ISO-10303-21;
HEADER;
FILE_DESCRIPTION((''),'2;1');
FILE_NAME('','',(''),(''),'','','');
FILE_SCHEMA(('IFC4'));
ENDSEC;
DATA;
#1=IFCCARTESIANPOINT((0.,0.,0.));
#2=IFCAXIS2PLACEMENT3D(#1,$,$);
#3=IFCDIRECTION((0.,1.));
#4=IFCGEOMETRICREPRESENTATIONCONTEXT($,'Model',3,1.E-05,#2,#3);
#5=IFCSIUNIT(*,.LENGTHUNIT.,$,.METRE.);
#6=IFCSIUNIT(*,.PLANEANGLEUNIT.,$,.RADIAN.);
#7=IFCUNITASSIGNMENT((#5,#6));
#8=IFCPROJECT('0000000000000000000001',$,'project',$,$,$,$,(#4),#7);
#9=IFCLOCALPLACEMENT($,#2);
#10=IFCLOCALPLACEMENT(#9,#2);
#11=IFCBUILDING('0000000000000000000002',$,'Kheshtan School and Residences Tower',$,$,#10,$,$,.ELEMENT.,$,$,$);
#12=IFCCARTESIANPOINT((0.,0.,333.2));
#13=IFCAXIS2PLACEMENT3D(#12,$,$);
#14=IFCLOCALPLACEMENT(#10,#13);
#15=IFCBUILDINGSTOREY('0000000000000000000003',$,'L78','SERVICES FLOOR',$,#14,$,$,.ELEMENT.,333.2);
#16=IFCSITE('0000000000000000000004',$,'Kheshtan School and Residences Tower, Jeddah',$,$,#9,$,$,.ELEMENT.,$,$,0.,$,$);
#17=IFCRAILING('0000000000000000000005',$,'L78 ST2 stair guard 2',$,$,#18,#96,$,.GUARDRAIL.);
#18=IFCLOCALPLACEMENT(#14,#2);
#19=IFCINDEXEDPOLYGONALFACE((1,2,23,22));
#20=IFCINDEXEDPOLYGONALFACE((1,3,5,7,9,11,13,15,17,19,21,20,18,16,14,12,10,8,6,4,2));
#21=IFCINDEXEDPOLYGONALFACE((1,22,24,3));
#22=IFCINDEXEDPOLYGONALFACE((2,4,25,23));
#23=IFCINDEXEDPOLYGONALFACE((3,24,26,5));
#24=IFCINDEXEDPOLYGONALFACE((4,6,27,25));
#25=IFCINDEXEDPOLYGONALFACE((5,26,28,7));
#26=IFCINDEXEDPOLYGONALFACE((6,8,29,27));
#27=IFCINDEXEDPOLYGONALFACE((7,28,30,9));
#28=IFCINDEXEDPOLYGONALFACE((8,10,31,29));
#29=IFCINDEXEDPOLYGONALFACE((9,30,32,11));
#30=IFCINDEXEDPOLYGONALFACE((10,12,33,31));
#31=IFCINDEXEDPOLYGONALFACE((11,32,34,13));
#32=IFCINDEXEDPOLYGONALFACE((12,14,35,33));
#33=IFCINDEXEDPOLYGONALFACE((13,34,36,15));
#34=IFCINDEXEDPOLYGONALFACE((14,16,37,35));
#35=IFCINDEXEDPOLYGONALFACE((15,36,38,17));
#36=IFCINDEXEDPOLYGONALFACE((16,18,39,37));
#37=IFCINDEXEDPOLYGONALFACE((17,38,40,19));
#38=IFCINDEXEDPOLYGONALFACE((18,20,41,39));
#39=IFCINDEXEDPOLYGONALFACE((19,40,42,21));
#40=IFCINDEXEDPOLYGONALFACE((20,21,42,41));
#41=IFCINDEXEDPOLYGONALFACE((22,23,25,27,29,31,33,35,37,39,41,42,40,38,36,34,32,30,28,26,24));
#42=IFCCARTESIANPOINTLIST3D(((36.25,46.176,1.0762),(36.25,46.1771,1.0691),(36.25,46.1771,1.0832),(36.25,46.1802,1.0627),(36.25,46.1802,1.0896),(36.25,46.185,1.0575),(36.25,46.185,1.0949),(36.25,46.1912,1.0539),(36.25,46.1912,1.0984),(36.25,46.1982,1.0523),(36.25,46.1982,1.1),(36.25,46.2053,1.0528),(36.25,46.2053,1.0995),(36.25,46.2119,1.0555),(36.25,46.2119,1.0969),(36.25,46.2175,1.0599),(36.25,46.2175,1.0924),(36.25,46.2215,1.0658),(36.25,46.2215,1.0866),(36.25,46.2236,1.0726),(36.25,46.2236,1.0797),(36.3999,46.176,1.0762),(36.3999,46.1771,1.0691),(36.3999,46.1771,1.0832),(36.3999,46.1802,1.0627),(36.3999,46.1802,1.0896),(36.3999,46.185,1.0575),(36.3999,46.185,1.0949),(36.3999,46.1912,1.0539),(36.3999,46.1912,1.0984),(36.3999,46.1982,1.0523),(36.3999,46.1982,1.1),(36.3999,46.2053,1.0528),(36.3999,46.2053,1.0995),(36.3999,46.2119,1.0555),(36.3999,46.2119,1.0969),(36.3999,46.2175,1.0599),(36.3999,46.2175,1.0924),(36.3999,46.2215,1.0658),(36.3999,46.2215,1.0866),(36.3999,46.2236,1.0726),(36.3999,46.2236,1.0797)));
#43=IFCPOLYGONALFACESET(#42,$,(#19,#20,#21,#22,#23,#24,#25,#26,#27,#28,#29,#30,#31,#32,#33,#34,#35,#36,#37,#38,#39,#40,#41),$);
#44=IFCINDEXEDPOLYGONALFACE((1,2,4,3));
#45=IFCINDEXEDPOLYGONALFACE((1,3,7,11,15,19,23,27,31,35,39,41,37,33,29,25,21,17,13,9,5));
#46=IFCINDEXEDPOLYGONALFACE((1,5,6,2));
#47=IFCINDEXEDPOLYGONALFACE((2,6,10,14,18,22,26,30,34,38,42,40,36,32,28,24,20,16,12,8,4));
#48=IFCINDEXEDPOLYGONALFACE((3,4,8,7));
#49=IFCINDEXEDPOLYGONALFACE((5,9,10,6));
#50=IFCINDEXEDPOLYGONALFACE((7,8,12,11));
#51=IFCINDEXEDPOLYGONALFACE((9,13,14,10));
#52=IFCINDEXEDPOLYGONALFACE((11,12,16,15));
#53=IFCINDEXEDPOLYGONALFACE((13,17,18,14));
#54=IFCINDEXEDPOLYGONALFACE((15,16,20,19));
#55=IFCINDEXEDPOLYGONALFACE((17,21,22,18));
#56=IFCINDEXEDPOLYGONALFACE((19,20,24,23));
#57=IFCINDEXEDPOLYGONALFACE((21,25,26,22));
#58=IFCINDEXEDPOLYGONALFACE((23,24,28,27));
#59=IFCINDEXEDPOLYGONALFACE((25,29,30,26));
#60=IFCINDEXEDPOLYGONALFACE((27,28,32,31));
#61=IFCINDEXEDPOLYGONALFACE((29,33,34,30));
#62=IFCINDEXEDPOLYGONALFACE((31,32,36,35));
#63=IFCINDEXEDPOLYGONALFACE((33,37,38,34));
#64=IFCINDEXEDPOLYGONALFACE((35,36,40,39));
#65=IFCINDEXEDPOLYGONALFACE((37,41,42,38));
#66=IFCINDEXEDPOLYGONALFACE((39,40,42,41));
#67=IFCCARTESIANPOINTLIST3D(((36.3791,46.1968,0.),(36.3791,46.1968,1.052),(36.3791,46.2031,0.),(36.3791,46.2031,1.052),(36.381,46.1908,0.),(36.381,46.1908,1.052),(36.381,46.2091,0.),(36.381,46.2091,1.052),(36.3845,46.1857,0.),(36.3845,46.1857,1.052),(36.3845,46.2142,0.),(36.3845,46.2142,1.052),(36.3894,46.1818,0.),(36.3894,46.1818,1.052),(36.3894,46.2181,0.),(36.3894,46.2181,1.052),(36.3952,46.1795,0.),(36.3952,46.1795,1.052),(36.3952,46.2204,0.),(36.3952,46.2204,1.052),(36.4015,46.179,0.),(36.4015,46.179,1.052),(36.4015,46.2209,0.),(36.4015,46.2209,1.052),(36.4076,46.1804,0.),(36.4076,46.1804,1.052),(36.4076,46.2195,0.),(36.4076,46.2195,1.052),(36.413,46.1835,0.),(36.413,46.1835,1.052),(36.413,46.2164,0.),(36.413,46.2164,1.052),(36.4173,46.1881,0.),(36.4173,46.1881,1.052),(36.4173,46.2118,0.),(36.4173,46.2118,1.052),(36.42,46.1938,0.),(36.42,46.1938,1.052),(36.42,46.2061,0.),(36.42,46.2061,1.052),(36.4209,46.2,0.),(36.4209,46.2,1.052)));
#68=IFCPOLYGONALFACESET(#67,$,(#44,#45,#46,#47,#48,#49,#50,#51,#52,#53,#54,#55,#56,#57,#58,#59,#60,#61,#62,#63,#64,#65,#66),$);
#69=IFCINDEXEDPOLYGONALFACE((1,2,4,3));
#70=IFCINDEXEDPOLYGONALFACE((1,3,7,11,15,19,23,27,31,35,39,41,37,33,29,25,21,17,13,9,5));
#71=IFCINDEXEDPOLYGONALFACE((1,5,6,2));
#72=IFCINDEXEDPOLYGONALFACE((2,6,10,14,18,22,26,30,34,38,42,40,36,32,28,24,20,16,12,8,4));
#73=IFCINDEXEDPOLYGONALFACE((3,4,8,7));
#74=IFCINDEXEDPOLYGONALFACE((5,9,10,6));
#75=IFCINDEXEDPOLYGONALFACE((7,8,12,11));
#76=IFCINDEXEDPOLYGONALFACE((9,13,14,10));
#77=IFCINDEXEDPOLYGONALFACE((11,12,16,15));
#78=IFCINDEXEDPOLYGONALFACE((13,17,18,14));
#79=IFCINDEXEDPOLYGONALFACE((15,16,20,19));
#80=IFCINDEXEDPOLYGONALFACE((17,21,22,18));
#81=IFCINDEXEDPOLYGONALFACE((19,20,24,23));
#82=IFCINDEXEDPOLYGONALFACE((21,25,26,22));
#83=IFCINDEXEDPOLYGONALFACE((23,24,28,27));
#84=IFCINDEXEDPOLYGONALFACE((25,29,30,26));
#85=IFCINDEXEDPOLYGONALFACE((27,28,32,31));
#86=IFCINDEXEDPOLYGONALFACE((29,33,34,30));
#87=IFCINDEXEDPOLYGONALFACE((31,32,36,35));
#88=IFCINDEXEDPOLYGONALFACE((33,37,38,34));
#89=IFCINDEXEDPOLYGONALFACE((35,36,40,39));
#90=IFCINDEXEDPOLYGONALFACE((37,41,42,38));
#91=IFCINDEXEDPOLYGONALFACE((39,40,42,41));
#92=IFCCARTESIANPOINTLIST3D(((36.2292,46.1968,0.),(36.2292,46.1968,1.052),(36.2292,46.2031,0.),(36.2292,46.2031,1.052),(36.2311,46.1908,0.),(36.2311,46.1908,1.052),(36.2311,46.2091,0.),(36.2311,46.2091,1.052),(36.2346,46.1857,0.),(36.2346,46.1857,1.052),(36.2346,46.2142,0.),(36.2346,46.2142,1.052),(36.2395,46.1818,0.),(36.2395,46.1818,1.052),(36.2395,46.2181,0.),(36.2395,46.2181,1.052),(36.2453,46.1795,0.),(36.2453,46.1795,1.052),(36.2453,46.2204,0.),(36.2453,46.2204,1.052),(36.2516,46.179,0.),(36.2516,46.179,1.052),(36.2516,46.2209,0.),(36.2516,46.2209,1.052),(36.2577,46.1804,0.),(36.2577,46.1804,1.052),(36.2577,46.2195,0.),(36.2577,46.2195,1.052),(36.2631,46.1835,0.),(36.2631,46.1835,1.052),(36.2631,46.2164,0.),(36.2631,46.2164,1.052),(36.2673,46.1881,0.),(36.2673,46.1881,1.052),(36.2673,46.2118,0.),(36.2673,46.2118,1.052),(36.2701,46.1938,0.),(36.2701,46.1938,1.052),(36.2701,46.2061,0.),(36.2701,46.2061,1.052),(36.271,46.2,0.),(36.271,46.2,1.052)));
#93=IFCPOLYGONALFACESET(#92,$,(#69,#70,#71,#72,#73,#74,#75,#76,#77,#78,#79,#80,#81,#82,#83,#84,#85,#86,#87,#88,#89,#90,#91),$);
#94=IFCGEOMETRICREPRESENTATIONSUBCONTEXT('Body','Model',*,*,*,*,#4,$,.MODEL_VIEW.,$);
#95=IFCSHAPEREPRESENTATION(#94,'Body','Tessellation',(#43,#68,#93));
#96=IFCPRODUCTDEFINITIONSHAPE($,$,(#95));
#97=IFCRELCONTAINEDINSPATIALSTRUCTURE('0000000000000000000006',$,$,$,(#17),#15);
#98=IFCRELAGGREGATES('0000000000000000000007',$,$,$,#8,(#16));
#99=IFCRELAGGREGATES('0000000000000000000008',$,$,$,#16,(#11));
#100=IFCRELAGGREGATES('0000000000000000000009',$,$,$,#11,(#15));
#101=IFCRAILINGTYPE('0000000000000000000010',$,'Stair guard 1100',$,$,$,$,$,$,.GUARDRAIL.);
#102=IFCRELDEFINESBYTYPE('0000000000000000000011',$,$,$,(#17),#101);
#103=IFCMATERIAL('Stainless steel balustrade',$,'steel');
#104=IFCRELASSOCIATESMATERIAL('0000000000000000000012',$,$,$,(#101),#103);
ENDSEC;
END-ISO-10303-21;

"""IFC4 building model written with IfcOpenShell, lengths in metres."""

from ifc_helpers import new_model, si_unit, direction, frame, origin, origin_2d, place, context, subcontext, project, spatial, circle, extrude, material, type_object, element, save


model = new_model("IFC4")

# Units and contexts
model_context = context("Model", 3, precision=1e-05, world=origin(), true_north=direction((0.0, 1.0)))
body_context = subcontext(model_context, "Body", "Model", "MODEL_VIEW")
ifc_project = project(units=[si_unit("LENGTHUNIT", "METRE"), si_unit("PLANEANGLEUNIT", "RADIAN")], contexts=[model_context])

# Site, building, storey
site_placement = place(None, origin())
site = spatial("IfcSite", under=ifc_project, at=site_placement, Name="Kheshtan School and Residences Tower, Jeddah", CompositionType="ELEMENT", RefElevation=0.0)
building_placement = place(site_placement, origin())
building = spatial("IfcBuilding", under=site, at=building_placement, Name="Kheshtan School and Residences Tower", CompositionType="ELEMENT")
storey_placement = place(building_placement, frame((0.0, 0.0, 333.2)))
storey = spatial("IfcBuildingStorey", under=building, at=storey_placement, Name="L78", Description="SERVICES FLOOR", CompositionType="ELEMENT", Elevation=333.2)

# Railing
ifc_material_1 = material(Name="Stainless steel balustrade", Category="steel")
railing_type_1 = type_object("IfcRailingType", Name="Stair guard 1100", PredefinedType="GUARDRAIL", material=ifc_material_1)
railing_1_placement = place(storey_placement, frame((36.3999, 46.2, 0.0)))
element("IfcRailing", 1, at=railing_1_placement, inside=storey, type_object=railing_type_1, Name="L78 ST2 stair guard 2", PredefinedType="GUARDRAIL", context=body_context, shape_type="SweptSolid", body=[
    extrude(circle(Radius=0.0239, at=origin_2d()), frame((0.0, 0.0, 1.0762), z_axis=(-1.0, 0.0, 0.0), x_axis=(0.0, -1.0, 0.0)), (0.0, 0.0, 1.0), 0.1499),
    extrude(circle(Radius=0.021, at=origin_2d()), origin(), (0.0, 0.0, 1.0), 1.052),
    extrude(circle(Radius=0.021, at=origin_2d()), frame((-0.1499, 0.0, 0.0)), (0.0, 0.0, 1.0), 1.052),
])

save(model, "model.ifc")
